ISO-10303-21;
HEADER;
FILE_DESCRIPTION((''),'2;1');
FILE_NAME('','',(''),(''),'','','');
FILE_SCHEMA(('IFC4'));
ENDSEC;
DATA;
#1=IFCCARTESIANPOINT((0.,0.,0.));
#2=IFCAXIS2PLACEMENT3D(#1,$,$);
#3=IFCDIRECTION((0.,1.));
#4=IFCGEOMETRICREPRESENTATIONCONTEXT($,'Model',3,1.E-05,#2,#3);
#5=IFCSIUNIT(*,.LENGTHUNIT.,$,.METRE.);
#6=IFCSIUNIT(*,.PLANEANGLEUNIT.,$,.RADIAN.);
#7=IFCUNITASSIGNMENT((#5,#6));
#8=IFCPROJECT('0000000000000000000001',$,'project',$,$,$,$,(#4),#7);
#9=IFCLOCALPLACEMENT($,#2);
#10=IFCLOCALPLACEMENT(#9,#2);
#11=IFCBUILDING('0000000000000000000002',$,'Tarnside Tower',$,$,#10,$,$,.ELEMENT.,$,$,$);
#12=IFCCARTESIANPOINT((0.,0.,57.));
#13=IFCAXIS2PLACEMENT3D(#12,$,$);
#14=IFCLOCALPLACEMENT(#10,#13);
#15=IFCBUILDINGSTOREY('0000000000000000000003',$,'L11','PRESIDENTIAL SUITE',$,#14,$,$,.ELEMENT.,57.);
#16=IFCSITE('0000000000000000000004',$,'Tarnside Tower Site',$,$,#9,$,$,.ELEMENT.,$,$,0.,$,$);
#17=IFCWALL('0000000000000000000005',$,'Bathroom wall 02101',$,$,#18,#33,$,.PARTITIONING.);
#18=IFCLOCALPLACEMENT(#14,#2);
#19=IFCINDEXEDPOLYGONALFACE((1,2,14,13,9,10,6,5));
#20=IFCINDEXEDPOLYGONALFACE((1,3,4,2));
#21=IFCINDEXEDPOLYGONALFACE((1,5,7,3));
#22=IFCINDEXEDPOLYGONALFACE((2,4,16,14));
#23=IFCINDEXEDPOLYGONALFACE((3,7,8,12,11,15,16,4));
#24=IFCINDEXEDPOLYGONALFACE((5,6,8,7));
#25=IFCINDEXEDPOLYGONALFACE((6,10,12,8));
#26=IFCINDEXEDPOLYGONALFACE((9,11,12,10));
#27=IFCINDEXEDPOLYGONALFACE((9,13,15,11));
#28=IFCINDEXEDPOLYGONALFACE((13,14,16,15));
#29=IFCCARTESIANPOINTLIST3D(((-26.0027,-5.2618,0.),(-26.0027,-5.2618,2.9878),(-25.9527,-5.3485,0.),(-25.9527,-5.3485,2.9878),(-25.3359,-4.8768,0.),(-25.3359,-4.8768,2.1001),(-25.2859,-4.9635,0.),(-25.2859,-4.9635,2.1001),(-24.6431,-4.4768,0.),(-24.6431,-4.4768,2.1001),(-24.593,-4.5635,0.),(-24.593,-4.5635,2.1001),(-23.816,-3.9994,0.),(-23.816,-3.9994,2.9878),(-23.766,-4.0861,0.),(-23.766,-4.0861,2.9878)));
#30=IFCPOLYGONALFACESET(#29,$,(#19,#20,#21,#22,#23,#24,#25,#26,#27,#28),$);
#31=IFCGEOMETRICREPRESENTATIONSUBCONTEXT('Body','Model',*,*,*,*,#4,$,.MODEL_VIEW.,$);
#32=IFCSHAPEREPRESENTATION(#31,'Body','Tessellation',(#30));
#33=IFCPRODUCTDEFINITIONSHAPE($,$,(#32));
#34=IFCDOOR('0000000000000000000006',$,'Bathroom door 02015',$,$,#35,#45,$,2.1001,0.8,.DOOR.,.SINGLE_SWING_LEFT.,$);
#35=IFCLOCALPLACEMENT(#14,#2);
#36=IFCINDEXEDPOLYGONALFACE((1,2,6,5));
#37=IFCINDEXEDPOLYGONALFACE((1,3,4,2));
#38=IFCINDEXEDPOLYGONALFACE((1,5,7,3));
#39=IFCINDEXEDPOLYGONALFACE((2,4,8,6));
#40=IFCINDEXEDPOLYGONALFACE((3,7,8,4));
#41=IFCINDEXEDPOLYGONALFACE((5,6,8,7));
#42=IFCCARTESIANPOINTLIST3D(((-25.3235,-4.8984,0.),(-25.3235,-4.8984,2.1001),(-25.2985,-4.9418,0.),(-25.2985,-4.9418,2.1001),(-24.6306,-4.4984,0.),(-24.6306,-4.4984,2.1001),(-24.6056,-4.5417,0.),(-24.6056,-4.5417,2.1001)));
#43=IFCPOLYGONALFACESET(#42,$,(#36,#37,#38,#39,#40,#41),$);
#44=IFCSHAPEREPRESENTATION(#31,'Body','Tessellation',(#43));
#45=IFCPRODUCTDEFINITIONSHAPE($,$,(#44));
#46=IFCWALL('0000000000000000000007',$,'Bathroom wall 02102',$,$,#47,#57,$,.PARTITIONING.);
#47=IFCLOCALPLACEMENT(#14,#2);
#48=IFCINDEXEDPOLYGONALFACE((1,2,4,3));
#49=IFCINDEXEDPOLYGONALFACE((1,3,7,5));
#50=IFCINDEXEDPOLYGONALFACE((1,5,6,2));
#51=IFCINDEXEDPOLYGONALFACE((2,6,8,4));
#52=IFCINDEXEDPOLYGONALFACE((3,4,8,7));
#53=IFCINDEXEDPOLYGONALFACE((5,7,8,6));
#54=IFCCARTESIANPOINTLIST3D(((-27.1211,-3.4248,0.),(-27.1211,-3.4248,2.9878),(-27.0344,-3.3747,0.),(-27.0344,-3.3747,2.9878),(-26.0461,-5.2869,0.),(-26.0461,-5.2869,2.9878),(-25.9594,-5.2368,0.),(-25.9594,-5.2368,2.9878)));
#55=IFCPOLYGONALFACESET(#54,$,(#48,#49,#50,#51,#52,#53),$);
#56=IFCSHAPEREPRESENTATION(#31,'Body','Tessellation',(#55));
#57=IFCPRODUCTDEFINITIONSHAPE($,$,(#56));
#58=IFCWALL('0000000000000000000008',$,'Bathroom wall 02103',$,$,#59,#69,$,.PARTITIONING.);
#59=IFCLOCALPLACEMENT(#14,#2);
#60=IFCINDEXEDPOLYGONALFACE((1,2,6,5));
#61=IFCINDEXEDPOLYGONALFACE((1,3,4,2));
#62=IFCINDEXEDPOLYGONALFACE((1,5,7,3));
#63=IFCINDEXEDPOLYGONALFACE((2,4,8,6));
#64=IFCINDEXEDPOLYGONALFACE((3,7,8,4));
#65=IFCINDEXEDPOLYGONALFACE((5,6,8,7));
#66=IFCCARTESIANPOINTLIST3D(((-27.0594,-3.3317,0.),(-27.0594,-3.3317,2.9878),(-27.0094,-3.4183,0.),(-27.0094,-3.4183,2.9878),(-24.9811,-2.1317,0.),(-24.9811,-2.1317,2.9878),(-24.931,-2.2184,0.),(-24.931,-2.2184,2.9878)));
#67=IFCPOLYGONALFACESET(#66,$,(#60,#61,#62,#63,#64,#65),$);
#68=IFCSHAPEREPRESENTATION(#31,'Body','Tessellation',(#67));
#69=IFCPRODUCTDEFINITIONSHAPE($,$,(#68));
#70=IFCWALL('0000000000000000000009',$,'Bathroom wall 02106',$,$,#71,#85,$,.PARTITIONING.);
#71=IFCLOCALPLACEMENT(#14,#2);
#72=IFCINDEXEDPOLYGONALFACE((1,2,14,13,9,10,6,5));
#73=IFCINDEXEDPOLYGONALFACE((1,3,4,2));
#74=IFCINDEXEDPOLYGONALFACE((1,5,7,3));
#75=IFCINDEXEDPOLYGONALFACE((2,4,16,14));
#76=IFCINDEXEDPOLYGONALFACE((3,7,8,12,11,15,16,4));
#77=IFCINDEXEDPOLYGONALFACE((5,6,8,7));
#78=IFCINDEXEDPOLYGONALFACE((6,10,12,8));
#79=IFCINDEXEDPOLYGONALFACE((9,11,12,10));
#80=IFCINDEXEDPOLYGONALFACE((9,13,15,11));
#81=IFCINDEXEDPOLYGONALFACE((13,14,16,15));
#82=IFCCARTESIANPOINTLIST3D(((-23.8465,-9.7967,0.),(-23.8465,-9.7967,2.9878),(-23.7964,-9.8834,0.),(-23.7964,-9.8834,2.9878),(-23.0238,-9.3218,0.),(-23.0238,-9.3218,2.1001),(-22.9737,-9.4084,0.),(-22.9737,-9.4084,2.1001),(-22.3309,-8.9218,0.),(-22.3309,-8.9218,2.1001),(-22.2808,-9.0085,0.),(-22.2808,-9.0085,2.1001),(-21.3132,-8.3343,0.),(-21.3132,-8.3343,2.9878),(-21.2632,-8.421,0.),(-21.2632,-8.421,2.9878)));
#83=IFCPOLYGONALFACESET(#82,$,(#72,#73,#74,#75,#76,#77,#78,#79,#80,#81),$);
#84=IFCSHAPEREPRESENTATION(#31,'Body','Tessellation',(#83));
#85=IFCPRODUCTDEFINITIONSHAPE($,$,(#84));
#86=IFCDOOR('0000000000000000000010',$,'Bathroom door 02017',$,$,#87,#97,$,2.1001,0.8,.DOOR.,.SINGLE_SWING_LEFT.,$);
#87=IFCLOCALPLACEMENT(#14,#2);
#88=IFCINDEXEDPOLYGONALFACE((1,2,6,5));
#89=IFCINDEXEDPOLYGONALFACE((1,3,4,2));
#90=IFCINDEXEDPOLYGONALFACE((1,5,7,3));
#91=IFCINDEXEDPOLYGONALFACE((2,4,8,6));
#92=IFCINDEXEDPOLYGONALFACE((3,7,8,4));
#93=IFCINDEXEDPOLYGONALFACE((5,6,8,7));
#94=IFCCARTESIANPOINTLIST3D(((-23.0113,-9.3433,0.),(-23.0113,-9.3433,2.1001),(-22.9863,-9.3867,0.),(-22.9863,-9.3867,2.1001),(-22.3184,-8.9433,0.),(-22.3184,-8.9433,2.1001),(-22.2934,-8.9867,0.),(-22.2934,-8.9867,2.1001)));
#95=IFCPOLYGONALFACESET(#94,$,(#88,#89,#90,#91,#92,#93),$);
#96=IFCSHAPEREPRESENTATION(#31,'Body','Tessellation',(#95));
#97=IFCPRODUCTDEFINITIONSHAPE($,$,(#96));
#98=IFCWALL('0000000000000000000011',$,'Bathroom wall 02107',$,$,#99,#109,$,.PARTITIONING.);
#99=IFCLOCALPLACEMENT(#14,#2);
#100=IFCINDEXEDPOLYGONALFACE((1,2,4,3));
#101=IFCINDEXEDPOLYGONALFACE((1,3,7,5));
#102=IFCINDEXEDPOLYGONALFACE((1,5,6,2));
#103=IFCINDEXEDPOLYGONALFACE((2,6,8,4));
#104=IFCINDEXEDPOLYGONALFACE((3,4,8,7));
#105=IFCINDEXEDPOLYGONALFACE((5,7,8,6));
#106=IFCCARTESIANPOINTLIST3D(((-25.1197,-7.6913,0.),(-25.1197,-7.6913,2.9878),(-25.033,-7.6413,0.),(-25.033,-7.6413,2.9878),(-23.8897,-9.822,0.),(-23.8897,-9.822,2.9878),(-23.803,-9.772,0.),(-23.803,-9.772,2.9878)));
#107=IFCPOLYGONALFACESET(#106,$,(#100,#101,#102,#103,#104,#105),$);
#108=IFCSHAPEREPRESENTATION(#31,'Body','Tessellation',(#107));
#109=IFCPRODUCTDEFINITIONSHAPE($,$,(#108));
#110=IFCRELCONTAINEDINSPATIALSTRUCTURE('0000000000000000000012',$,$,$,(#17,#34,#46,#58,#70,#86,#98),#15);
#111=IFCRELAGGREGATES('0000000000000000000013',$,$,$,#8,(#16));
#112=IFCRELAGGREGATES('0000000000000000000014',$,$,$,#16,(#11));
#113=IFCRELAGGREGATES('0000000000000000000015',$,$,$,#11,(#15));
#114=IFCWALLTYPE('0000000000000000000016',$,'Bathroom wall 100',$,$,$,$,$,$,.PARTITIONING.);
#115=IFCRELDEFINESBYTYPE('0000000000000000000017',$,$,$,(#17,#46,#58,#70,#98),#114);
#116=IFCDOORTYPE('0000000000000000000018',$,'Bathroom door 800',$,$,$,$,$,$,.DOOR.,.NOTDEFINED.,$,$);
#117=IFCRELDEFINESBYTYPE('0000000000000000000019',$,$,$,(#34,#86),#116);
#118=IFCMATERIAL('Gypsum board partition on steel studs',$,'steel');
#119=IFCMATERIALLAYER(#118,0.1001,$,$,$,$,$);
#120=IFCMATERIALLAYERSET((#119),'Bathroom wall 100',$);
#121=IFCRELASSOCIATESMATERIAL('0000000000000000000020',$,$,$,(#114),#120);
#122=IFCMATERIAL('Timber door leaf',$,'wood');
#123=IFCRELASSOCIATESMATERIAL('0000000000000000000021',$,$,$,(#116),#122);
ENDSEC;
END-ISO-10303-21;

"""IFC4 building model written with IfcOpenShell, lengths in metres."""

from ifc_helpers import new_model, si_unit, direction, frame, frame_2d, origin, place, context, subcontext, project, spatial, rectangle, extrude, material, layer, layer_set, type_object, element, fill, save


model = new_model("IFC4")

# Units and contexts
model_context = context("Model", 3, precision=1e-05, world=origin(), true_north=direction((0.0, 1.0)))
body_context = subcontext(model_context, "Body", "Model", "MODEL_VIEW")
ifc_project = project(units=[si_unit("LENGTHUNIT", "METRE"), si_unit("PLANEANGLEUNIT", "RADIAN")], contexts=[model_context])

# Site, building, storey
site_placement = place(None, origin())
site = spatial("IfcSite", under=ifc_project, at=site_placement, Name="Tarnside Tower Site", CompositionType="ELEMENT", RefElevation=0.0)
building_placement = place(site_placement, origin())
building = spatial("IfcBuilding", under=site, at=building_placement, Name="Tarnside Tower", CompositionType="ELEMENT")
storey_placement = place(building_placement, frame((0.0, 0.0, 57.0)))
storey = spatial("IfcBuildingStorey", under=building, at=storey_placement, Name="L11", Description="PRESIDENTIAL SUITE", CompositionType="ELEMENT", Elevation=57.0)

# Wall, opening, door
ifc_material_1 = material(Name="Gypsum board partition on steel studs", Category="steel")
ifc_layer_1 = layer(ifc_material_1, 0.1001)
ifc_layer_set_1 = layer_set([ifc_layer_1], Name="Bathroom wall 100")
wall_type_1 = type_object("IfcWallType", Name="Bathroom wall 100", PredefinedType="PARTITIONING", material=ifc_layer_set_1)
wall_1_placement = place(storey_placement, frame((-23.791, -4.0427, 0.0), z_axis=(0.0, 0.0, 1.0), x_axis=(-0.866039, -0.499976, 0.0)))
wall_1 = element("IfcWall", 1, at=wall_1_placement, inside=storey, type_object=wall_type_1, Name="Bathroom wall 02101", PredefinedType="PARTITIONING", context=body_context, shape_type="SweptSolid", body=[
    extrude(rectangle(XDim=2.5249, YDim=0.1001, at=frame_2d((1.2625, 0.0))), origin(), (0.0, 0.0, 1.0), 2.9878),
])
opening_1_placement = place(wall_1_placement, frame((0.9551, 0.0, 0.0)))
opening_1 = element("IfcOpeningElement", 2, at=opening_1_placement, cuts=wall_1, PredefinedType="OPENING", context=body_context, shape_type="SweptSolid", body=[
    extrude(rectangle(XDim=0.8, YDim=2.1001, at=frame_2d((0.3999, 1.05))), frame((0.0, 0.0601, 0.0), z_axis=(0.0, -1.0, 0.0), x_axis=(1.0, 0.0, 0.0)), (0.0, 0.0, 1.0), 0.1201),
])
ifc_material_2 = material(Name="Timber door leaf", Category="wood")
door_type_1 = type_object("IfcDoorType", Name="Bathroom door 800", OperationType="NOTDEFINED", PredefinedType="DOOR", material=ifc_material_2)
door_1_placement = place(opening_1_placement, origin())
door_1 = element("IfcDoor", 3, at=door_1_placement, inside=storey, type_object=door_type_1, Name="Bathroom door 02015", OperationType="SINGLE_SWING_LEFT", OverallHeight=2.1001, OverallWidth=0.8, PredefinedType="DOOR", context=body_context, shape_type="SweptSolid", body=[
    extrude(rectangle(XDim=0.8, YDim=2.1001, at=frame_2d((0.3999, 1.05))), frame((0.0, 0.0249, 0.0), z_axis=(0.0, -1.0, 0.0), x_axis=(1.0, 0.0, 0.0)), (0.0, 0.0, 1.0), 0.05),
])
fill(opening_1, door_1)

# Walls
wall_2_placement = place(storey_placement, frame((-26.0027, -5.262, 0.0), z_axis=(0.0, 0.0, 1.0), x_axis=(-0.499962, 0.866048, 0.0)))
element("IfcWall", 4, at=wall_2_placement, inside=storey, type_object=wall_type_1, Name="Bathroom wall 02102", PredefinedType="PARTITIONING", context=body_context, shape_type="SweptSolid", body=[
    extrude(rectangle(XDim=2.1501, YDim=0.1001, at=frame_2d((1.0752, 0.0))), origin(), (0.0, 0.0, 1.0), 2.9878),
])
wall_3_placement = place(storey_placement, frame((-27.0344, -3.375, 0.0), z_axis=(0.0, 0.0, 1.0), x_axis=(0.866025, 0.500001, 0.0)))
element("IfcWall", 5, at=wall_3_placement, inside=storey, type_object=wall_type_1, Name="Bathroom wall 02103", PredefinedType="PARTITIONING", context=body_context, shape_type="SweptSolid", body=[
    extrude(rectangle(XDim=2.3999, YDim=0.1001, at=frame_2d((1.2, 0.0))), origin(), (0.0, 0.0, 1.0), 2.9878),
])

# Wall, opening, door
wall_4_placement = place(storey_placement, frame((-21.2883, -8.3777, 0.0), z_axis=(0.0, 0.0, 1.0), x_axis=(-0.866047, -0.499963, 0.0)))
wall_4 = element("IfcWall", 6, at=wall_4_placement, inside=storey, type_object=wall_type_1, Name="Bathroom wall 02106", PredefinedType="PARTITIONING", context=body_context, shape_type="SweptSolid", body=[
    extrude(rectangle(XDim=2.925, YDim=0.1001, at=frame_2d((1.4624, 0.0))), origin(), (0.0, 0.0, 1.0), 2.9878),
])
opening_2_placement = place(wall_4_placement, frame((1.175, 0.0, 0.0)))
opening_2 = element("IfcOpeningElement", 7, at=opening_2_placement, cuts=wall_4, PredefinedType="OPENING", context=body_context, shape_type="SweptSolid", body=[
    extrude(rectangle(XDim=0.8, YDim=2.1001, at=frame_2d((0.3999, 1.05))), frame((0.0, 0.0601, 0.0), z_axis=(0.0, -1.0, 0.0), x_axis=(1.0, 0.0, 0.0)), (0.0, 0.0, 1.0), 0.1201),
])
door_2_placement = place(opening_2_placement, origin())
door_2 = element("IfcDoor", 8, at=door_2_placement, inside=storey, type_object=door_type_1, Name="Bathroom door 02017", OperationType="SINGLE_SWING_LEFT", OverallHeight=2.1001, OverallWidth=0.8, PredefinedType="DOOR", context=body_context, shape_type="SweptSolid", body=[
    extrude(rectangle(XDim=0.8, YDim=2.1001, at=frame_2d((0.3999, 1.05))), frame((0.0, 0.0249, 0.0), z_axis=(0.0, -1.0, 0.0), x_axis=(1.0, 0.0, 0.0)), (0.0, 0.0, 1.0), 0.05),
])
fill(opening_2, door_2)

# Wall
wall_5_placement = place(storey_placement, frame((-23.8464, -9.7969, 0.0), z_axis=(0.0, 0.0, 1.0), x_axis=(-0.49996, 0.866048, 0.0)))
element("IfcWall", 9, at=wall_5_placement, inside=storey, type_object=wall_type_1, Name="Bathroom wall 02107", PredefinedType="PARTITIONING", context=body_context, shape_type="SweptSolid", body=[
    extrude(rectangle(XDim=2.4602, YDim=0.1001, at=frame_2d((1.23, 0.0))), origin(), (0.0, 0.0, 1.0), 2.9878),
])

save(model, "model.ifc")
